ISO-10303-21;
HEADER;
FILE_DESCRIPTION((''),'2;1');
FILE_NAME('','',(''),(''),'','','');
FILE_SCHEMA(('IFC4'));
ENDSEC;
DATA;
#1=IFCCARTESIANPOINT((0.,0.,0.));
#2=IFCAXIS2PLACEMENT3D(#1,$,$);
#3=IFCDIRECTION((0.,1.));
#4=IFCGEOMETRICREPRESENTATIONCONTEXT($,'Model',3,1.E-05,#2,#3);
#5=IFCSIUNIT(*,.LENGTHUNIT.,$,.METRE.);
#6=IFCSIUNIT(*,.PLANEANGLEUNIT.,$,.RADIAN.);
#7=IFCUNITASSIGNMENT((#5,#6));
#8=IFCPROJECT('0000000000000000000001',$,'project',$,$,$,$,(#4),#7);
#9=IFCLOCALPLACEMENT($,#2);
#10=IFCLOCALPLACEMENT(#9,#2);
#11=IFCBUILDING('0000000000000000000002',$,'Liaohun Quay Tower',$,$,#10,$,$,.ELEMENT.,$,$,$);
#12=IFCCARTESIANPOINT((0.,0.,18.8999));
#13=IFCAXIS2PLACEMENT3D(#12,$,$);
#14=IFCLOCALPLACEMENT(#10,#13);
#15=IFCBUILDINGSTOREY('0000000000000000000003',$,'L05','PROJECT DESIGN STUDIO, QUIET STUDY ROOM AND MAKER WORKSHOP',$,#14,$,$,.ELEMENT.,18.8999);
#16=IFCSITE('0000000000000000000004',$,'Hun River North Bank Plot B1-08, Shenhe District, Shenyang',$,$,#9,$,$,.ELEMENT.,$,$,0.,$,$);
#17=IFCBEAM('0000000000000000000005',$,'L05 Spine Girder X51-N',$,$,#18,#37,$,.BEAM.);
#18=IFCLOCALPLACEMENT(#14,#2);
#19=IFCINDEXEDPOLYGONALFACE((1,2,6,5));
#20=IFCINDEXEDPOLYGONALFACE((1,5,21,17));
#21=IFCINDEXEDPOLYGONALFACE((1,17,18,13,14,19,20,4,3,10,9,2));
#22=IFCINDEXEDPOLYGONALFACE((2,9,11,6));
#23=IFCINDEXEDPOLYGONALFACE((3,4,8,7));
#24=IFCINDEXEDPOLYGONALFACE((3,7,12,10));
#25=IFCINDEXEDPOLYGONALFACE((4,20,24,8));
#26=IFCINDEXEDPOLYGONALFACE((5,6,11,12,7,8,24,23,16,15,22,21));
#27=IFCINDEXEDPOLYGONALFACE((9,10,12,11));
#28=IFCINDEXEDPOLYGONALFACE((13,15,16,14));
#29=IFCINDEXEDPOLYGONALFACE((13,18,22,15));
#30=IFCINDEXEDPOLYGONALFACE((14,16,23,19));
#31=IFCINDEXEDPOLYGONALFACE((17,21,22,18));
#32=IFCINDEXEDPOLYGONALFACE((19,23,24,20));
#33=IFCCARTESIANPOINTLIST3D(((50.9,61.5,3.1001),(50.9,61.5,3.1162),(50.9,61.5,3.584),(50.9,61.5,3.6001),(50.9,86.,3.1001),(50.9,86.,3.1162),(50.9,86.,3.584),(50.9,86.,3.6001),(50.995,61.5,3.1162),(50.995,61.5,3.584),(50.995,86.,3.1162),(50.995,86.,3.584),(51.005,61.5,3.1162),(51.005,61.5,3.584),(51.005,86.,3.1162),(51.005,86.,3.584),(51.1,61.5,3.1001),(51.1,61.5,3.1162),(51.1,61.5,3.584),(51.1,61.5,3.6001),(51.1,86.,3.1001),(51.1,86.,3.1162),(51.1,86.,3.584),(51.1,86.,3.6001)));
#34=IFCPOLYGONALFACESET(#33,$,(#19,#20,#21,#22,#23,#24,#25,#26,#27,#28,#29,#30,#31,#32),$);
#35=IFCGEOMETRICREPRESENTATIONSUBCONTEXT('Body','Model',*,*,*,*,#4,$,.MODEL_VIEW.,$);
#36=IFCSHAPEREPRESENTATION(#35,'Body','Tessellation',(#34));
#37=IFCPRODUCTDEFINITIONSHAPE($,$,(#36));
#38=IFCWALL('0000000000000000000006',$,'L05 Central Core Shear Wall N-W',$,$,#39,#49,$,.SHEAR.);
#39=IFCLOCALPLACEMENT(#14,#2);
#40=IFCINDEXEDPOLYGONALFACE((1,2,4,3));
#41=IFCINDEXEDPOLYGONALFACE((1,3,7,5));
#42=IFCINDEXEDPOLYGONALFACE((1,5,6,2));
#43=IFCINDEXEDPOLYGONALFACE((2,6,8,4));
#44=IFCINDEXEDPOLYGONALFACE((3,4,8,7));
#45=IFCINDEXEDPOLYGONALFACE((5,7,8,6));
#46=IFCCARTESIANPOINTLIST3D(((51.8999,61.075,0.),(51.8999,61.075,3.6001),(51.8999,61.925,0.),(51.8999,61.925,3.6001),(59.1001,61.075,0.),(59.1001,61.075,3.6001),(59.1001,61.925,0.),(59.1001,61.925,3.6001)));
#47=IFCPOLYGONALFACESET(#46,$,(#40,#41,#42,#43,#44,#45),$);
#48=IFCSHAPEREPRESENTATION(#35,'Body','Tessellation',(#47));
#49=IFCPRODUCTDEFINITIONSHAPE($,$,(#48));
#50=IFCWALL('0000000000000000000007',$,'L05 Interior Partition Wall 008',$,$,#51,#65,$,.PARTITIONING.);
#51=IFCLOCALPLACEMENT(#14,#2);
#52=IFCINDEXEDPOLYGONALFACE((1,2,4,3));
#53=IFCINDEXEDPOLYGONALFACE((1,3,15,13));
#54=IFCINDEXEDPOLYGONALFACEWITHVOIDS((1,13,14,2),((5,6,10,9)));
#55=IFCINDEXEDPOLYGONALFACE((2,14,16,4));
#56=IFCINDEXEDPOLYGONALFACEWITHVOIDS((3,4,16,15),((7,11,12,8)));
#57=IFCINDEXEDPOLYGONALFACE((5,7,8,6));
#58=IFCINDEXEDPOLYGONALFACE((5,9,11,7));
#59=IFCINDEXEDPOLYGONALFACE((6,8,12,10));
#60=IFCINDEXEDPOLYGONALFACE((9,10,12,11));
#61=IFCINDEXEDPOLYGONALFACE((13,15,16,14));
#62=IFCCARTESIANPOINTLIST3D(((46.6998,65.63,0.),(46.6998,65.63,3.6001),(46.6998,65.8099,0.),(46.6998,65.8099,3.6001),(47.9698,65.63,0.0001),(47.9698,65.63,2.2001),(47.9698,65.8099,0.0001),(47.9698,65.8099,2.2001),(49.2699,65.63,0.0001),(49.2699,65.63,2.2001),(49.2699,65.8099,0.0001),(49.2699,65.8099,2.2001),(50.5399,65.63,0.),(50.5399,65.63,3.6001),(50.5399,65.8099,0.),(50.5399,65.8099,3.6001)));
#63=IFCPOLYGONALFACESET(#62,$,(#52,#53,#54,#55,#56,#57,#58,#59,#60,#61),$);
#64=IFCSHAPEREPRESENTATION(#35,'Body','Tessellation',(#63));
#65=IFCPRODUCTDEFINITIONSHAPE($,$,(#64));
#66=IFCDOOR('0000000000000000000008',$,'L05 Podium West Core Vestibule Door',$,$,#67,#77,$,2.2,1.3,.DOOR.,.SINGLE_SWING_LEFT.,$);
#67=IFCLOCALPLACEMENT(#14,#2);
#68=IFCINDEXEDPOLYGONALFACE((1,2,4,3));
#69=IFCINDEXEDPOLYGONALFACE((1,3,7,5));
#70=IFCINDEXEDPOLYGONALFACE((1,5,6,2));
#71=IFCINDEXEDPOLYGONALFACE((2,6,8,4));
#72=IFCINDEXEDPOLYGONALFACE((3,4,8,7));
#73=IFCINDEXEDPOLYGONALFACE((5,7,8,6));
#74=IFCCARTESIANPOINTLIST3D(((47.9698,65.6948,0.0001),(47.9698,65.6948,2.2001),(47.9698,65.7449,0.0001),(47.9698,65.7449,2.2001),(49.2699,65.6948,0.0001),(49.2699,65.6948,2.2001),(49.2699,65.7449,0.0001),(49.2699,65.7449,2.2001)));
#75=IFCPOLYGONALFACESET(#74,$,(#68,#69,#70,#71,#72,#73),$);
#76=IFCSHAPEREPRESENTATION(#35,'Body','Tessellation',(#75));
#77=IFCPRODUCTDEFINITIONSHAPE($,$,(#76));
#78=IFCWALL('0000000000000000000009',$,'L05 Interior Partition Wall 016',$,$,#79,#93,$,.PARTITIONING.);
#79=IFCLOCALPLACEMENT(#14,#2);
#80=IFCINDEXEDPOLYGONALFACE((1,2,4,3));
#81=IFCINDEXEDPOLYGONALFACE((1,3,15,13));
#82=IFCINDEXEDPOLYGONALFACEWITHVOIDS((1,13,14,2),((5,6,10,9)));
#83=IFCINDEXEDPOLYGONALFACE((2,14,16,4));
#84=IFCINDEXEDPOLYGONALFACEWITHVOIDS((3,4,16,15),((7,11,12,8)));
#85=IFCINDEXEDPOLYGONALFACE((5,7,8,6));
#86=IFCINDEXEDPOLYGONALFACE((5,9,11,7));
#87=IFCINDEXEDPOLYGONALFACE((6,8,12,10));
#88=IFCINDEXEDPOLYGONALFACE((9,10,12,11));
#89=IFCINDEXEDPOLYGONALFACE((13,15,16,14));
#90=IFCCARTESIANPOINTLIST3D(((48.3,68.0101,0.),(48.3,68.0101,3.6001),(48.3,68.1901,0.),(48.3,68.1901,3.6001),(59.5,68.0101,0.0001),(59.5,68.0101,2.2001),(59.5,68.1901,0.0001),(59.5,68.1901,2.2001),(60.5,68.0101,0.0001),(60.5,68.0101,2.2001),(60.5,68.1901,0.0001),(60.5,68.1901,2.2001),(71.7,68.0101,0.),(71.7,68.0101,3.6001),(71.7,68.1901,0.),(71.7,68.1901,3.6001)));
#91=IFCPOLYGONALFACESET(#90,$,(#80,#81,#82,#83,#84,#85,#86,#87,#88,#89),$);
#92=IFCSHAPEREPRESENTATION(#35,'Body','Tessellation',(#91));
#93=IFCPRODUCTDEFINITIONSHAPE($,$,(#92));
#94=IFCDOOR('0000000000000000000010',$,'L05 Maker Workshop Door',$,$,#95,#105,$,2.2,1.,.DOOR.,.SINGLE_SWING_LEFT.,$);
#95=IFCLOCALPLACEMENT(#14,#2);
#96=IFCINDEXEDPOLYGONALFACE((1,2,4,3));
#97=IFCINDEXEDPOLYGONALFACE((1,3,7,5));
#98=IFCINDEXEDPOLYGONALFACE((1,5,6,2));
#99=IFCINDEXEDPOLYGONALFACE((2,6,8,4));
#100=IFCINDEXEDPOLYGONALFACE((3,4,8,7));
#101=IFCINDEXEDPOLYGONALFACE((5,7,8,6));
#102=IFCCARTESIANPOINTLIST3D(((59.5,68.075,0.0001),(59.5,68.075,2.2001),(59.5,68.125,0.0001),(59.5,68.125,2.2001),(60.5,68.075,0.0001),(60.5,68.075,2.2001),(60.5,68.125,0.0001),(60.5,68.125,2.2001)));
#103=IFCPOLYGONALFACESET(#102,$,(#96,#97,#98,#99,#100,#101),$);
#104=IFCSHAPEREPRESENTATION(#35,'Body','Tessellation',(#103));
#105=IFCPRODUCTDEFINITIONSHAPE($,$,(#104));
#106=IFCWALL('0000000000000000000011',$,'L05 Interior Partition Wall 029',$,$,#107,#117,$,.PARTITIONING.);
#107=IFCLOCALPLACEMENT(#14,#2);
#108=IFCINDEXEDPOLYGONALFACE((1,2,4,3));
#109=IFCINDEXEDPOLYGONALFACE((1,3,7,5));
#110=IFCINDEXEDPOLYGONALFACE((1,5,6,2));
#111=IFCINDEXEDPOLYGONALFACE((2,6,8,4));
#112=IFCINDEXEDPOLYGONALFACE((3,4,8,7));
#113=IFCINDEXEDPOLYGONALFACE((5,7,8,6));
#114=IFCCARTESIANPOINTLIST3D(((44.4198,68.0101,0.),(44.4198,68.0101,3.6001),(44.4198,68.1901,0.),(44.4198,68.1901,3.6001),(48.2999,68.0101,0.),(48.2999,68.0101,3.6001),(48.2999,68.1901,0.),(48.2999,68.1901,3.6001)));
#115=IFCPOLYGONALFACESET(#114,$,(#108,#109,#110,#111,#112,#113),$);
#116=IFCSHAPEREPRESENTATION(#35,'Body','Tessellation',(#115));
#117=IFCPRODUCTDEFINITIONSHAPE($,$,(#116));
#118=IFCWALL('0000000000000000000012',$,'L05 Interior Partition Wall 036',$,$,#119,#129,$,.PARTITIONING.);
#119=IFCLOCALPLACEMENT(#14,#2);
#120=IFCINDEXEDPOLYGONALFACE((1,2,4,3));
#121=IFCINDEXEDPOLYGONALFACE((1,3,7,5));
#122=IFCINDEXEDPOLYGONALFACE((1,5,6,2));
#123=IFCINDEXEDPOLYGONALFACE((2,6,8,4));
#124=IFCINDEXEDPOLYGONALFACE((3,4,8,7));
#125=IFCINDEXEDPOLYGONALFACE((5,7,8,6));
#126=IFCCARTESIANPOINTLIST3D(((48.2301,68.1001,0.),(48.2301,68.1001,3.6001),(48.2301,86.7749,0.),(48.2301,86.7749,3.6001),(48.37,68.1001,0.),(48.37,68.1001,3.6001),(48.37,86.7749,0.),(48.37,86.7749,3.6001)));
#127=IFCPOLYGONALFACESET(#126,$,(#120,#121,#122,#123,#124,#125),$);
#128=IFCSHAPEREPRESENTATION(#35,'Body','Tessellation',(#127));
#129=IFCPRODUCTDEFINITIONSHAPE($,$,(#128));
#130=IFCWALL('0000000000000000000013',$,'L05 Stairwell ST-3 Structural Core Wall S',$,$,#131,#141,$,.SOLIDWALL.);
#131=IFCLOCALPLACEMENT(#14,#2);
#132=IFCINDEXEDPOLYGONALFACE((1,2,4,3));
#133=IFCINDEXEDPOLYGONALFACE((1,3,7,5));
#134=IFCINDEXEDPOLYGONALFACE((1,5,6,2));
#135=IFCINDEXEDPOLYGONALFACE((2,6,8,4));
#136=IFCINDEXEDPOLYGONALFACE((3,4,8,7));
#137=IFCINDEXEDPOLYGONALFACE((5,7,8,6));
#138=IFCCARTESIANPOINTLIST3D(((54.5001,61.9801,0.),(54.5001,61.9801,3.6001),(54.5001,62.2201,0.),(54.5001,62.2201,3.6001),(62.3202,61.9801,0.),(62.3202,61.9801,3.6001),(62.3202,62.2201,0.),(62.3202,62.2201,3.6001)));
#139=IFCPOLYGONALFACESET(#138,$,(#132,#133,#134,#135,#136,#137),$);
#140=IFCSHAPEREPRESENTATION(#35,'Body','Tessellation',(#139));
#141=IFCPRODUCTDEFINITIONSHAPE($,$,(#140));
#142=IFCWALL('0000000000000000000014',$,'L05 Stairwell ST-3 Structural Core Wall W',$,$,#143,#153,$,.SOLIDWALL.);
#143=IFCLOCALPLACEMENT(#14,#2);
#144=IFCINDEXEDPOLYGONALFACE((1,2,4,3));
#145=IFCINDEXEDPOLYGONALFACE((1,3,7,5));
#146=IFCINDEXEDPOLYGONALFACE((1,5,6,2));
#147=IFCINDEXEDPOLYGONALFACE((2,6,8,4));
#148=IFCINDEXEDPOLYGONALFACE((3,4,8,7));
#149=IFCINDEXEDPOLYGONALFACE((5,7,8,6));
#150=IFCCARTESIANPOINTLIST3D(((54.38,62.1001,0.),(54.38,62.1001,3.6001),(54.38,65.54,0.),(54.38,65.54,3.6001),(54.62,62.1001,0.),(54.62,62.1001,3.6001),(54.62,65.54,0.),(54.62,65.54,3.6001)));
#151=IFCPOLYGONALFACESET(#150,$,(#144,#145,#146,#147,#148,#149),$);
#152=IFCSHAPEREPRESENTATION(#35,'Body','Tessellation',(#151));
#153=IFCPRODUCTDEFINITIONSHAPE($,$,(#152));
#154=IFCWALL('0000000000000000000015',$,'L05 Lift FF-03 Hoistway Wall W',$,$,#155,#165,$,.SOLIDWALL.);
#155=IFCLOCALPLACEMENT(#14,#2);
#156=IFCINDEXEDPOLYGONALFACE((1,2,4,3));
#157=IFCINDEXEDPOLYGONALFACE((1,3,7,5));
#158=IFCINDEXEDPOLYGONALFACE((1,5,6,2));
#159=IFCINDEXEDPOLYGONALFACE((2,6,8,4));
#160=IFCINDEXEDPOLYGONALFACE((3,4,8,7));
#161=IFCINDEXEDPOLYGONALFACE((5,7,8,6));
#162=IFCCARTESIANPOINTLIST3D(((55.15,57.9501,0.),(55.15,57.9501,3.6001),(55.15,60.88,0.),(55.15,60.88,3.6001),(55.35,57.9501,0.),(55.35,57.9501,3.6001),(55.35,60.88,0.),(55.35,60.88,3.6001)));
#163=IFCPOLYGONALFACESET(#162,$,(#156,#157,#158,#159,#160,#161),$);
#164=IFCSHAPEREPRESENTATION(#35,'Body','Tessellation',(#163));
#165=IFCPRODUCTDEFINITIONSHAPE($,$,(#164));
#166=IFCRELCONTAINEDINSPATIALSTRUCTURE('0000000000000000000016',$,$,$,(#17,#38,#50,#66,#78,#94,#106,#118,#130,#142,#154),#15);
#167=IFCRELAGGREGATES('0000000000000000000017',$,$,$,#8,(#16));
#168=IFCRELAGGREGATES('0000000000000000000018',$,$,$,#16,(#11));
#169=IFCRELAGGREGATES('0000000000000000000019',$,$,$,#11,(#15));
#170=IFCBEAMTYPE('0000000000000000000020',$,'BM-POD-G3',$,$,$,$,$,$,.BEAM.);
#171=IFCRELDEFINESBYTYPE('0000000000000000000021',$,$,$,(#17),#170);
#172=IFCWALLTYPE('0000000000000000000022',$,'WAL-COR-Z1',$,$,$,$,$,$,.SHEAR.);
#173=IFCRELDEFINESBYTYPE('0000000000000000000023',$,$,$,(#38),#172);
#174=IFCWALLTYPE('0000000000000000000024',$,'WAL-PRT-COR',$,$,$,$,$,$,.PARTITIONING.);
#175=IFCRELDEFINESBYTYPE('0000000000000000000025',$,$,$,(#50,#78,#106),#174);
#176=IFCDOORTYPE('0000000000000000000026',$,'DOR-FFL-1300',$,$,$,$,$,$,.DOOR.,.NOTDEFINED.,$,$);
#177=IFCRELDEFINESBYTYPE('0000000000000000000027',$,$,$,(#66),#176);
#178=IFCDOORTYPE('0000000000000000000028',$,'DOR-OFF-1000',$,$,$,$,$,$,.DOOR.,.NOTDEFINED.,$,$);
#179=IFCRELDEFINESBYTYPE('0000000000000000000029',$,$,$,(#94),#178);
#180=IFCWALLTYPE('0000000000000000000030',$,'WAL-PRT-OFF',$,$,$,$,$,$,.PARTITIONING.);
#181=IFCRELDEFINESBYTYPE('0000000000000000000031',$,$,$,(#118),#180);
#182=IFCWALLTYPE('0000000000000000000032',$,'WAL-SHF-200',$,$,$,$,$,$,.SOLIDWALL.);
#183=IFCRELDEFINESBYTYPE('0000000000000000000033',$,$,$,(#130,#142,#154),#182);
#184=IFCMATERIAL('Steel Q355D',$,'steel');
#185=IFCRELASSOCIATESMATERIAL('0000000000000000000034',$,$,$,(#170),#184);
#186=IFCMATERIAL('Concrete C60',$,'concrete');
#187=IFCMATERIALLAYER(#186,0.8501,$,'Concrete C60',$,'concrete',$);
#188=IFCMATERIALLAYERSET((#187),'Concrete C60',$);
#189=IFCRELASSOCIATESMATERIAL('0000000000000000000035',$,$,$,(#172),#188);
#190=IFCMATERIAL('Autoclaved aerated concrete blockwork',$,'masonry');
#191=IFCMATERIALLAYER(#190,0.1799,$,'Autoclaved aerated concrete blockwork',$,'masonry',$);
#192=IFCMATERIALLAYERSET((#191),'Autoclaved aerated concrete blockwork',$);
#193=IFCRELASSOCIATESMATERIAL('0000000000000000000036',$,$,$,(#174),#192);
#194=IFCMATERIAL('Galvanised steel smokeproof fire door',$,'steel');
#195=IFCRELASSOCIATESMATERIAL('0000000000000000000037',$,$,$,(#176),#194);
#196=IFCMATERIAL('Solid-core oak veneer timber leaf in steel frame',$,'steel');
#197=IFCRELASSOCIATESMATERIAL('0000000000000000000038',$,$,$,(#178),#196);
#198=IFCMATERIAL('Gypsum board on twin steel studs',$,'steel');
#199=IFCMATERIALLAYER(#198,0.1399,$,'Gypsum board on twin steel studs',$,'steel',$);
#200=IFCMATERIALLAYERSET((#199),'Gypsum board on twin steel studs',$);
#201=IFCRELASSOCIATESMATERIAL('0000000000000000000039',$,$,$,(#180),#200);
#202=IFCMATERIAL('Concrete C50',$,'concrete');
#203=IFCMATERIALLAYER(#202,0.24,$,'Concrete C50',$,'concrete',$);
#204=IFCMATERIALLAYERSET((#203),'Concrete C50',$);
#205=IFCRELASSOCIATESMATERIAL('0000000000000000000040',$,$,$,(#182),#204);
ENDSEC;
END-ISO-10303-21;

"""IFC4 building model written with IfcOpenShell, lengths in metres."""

from ifc_helpers import new_model, si_unit, direction, frame, frame_2d, origin, origin_2d, place, context, subcontext, project, spatial, rectangle, i_section, extrude, source, transform, mapped, material, layer, layer_set, material_profile, profile_set, type_object, element, fill, save


model = new_model("IFC4")

# Units and contexts
model_context = context("Model", 3, precision=1e-05, world=origin(), true_north=direction((0.0, 1.0)))
body_context = subcontext(model_context, "Body", "Model", "MODEL_VIEW")
ifc_project = project(units=[si_unit("LENGTHUNIT", "METRE"), si_unit("PLANEANGLEUNIT", "RADIAN")], contexts=[model_context])

# Site, building, storey
site_placement = place(None, origin())
site = spatial("IfcSite", under=ifc_project, at=site_placement, Name="Hun River North Bank Plot B1-08, Shenhe District, Shenyang", CompositionType="ELEMENT", RefElevation=0.0)
building_placement = place(site_placement, origin())
building = spatial("IfcBuilding", under=site, at=building_placement, Name="Liaohun Quay Tower", CompositionType="ELEMENT")
storey_placement = place(building_placement, frame((0.0, 0.0, 18.8999)))
storey = spatial("IfcBuildingStorey", under=building, at=storey_placement, Name="L05", Description="PROJECT DESIGN STUDIO, QUIET STUDY ROOM AND MAKER WORKSHOP", CompositionType="ELEMENT", Elevation=18.8999)

# Shared definitions
ifc_material_1 = material(Name="Concrete C60", Category="concrete")

# Beam
ifc_material_2 = material(Name="Steel Q355D", Category="steel")
ifc_material_profile_1 = material_profile(ifc_material_2, i_section(OverallWidth=0.2, OverallDepth=0.5, WebThickness=0.01, FlangeThickness=0.0161, at=origin_2d()), Name="HN500x200x10x16")
ifc_profile_set_1 = profile_set([ifc_material_profile_1], Name="Steel Q355D")
beam_type_1 = type_object("IfcBeamType", Name="BM-POD-G3", PredefinedType="BEAM", material=ifc_profile_set_1)
shared_shape_1 = source(origin(), body_context, "Body", "SweptSolid", [
    extrude(i_section(OverallWidth=0.2, OverallDepth=0.5, WebThickness=0.01, FlangeThickness=0.0161, at=origin_2d()), origin(), (0.0, 0.0, 1.0), 24.5),
])
beam_1_placement = place(storey_placement, frame((51.0, 61.5, 3.3501), z_axis=(0.0, 1.0, 0.0), x_axis=(-1.0, 0.0, 0.0)))
element("IfcBeam", 1, at=beam_1_placement, inside=storey, type_object=beam_type_1, Name="L05 Spine Girder X51-N", PredefinedType="BEAM", context=body_context, shape_type="MappedRepresentation", body=[
    mapped(shared_shape_1, transform((0.0, 0.0, 0.0), x_axis=(1.0, 0.0, 0.0), y_axis=(0.0, 1.0, 0.0), z_axis=(0.0, 0.0, 1.0), scale=1.0)),
])

# Wall
ifc_layer_1 = layer(ifc_material_1, 0.8501, Name="Concrete C60", Category="concrete")
ifc_layer_set_1 = layer_set([ifc_layer_1], Name="Concrete C60")
wall_type_1 = type_object("IfcWallType", Name="WAL-COR-Z1", PredefinedType="SHEAR", material=ifc_layer_set_1)
wall_1_placement = place(storey_placement, frame((51.8999, 61.5, 0.0), z_axis=(0.0, 0.0, 1.0), x_axis=(1.0, 0.0, 0.0)))
element("IfcWall", 2, at=wall_1_placement, inside=storey, type_object=wall_type_1, Name="L05 Central Core Shear Wall N-W", PredefinedType="SHEAR", context=body_context, shape_type="SweptSolid", body=[
    extrude(rectangle(XDim=7.2002, YDim=0.8501, at=frame_2d((3.6001, 0.0))), origin(), (0.0, 0.0, 1.0), 3.6001),
])

# Walls, openings, doors
ifc_material_3 = material(Name="Autoclaved aerated concrete blockwork", Category="masonry")
ifc_layer_2 = layer(ifc_material_3, 0.1799, Name="Autoclaved aerated concrete blockwork", Category="masonry")
ifc_layer_set_2 = layer_set([ifc_layer_2], Name="Autoclaved aerated concrete blockwork")
wall_type_2 = type_object("IfcWallType", Name="WAL-PRT-COR", PredefinedType="PARTITIONING", material=ifc_layer_set_2)
wall_2_placement = place(storey_placement, frame((46.7, 65.72, 0.0), z_axis=(0.0, 0.0, 1.0), x_axis=(1.0, 0.0, 0.0)))
wall_2 = element("IfcWall", 3, at=wall_2_placement, inside=storey, type_object=wall_type_2, Name="L05 Interior Partition Wall 008", PredefinedType="PARTITIONING", context=body_context, shape_type="SweptSolid", body=[
    extrude(rectangle(XDim=3.8401, YDim=0.1799, at=frame_2d((1.9199, 0.0))), origin(), (0.0, 0.0, 1.0), 3.6001),
])
shared_shape_2 = source(origin(), body_context, "Body", "SweptSolid", [
    extrude(rectangle(XDim=1.3, YDim=2.2, at=frame_2d((0.6499, 1.1001))), frame((0.0, 0.0999, 0.0), z_axis=(0.0, -1.0, 0.0), x_axis=(1.0, 0.0, 0.0)), (0.0, 0.0, 1.0), 0.2),
])
opening_1_placement = place(wall_2_placement, frame((1.27, 0.0, 0.0)))
opening_1 = element("IfcOpeningElement", 4, at=opening_1_placement, cuts=wall_2, PredefinedType="OPENING", context=body_context, shape_type="MappedRepresentation", body=[
    mapped(shared_shape_2, transform((0.0, 0.0, 0.0), x_axis=(1.0, 0.0, 0.0), y_axis=(0.0, 1.0, 0.0), z_axis=(0.0, 0.0, 1.0), scale=1.0)),
])
ifc_material_4 = material(Name="Galvanised steel smokeproof fire door", Category="steel")
door_type_1 = type_object("IfcDoorType", Name="DOR-FFL-1300", OperationType="NOTDEFINED", PredefinedType="DOOR", material=ifc_material_4)
shared_shape_3 = source(origin(), body_context, "Body", "SweptSolid", [
    extrude(rectangle(XDim=1.3, YDim=2.2, at=frame_2d((0.6499, 1.1001))), frame((0.0, 0.0249, 0.0), z_axis=(0.0, -1.0, 0.0), x_axis=(1.0, 0.0, 0.0)), (0.0, 0.0, 1.0), 0.05),
])
door_1_placement = place(opening_1_placement, origin())
door_1 = element("IfcDoor", 5, at=door_1_placement, inside=storey, type_object=door_type_1, Name="L05 Podium West Core Vestibule Door", OperationType="SINGLE_SWING_LEFT", OverallHeight=2.2, OverallWidth=1.3, PredefinedType="DOOR", context=body_context, shape_type="MappedRepresentation", body=[
    mapped(shared_shape_3, transform((0.0, 0.0, 0.0), x_axis=(1.0, 0.0, 0.0), y_axis=(0.0, 1.0, 0.0), z_axis=(0.0, 0.0, 1.0), scale=1.0)),
])
fill(opening_1, door_1)
wall_3_placement = place(storey_placement, frame((48.3, 68.1001, 0.0), z_axis=(0.0, 0.0, 1.0), x_axis=(1.0, 0.0, 0.0)))
wall_3 = element("IfcWall", 6, at=wall_3_placement, inside=storey, type_object=wall_type_2, Name="L05 Interior Partition Wall 016", PredefinedType="PARTITIONING", context=body_context, shape_type="SweptSolid", body=[
    extrude(rectangle(XDim=23.3999, YDim=0.1799, at=frame_2d((11.7, 0.0))), origin(), (0.0, 0.0, 1.0), 3.6001),
])
shared_shape_4 = source(origin(), body_context, "Body", "SweptSolid", [
    extrude(rectangle(XDim=1.0, YDim=2.2, at=frame_2d((0.5, 1.1001))), frame((0.0, 0.0999, 0.0), z_axis=(0.0, -1.0, 0.0), x_axis=(1.0, 0.0, 0.0)), (0.0, 0.0, 1.0), 0.2),
])
opening_2_placement = place(wall_3_placement, frame((11.2, 0.0, 0.0)))
opening_2 = element("IfcOpeningElement", 7, at=opening_2_placement, cuts=wall_3, PredefinedType="OPENING", context=body_context, shape_type="MappedRepresentation", body=[
    mapped(shared_shape_4, transform((0.0, 0.0, 0.0), x_axis=(1.0, 0.0, 0.0), y_axis=(0.0, 1.0, 0.0), z_axis=(0.0, 0.0, 1.0), scale=1.0)),
])
ifc_material_5 = material(Name="Solid-core oak veneer timber leaf in steel frame", Category="steel")
door_type_2 = type_object("IfcDoorType", Name="DOR-OFF-1000", OperationType="NOTDEFINED", PredefinedType="DOOR", material=ifc_material_5)
shared_shape_5 = source(origin(), body_context, "Body", "SweptSolid", [
    extrude(rectangle(XDim=1.0, YDim=2.2, at=frame_2d((0.5, 1.1001))), frame((0.0, 0.0249, 0.0), z_axis=(0.0, -1.0, 0.0), x_axis=(1.0, 0.0, 0.0)), (0.0, 0.0, 1.0), 0.05),
])
door_2_placement = place(opening_2_placement, origin())
door_2 = element("IfcDoor", 8, at=door_2_placement, inside=storey, type_object=door_type_2, Name="L05 Maker Workshop Door", OperationType="SINGLE_SWING_LEFT", OverallHeight=2.2, OverallWidth=1.0, PredefinedType="DOOR", context=body_context, shape_type="MappedRepresentation", body=[
    mapped(shared_shape_5, transform((0.0, 0.0, 0.0), x_axis=(1.0, 0.0, 0.0), y_axis=(0.0, 1.0, 0.0), z_axis=(0.0, 0.0, 1.0), scale=1.0)),
])
fill(opening_2, door_2)

# Walls
wall_4_placement = place(storey_placement, frame((44.4199, 68.1001, 0.0), z_axis=(0.0, 0.0, 1.0), x_axis=(1.0, 0.0, 0.0)))
element("IfcWall", 9, at=wall_4_placement, inside=storey, type_object=wall_type_2, Name="L05 Interior Partition Wall 029", PredefinedType="PARTITIONING", context=body_context, shape_type="SweptSolid", body=[
    extrude(rectangle(XDim=3.8801, YDim=0.1799, at=frame_2d((1.9399, 0.0))), origin(), (0.0, 0.0, 1.0), 3.6001),
])
ifc_material_6 = material(Name="Gypsum board on twin steel studs", Category="steel")
ifc_layer_3 = layer(ifc_material_6, 0.1399, Name="Gypsum board on twin steel studs", Category="steel")
ifc_layer_set_3 = layer_set([ifc_layer_3], Name="Gypsum board on twin steel studs")
wall_type_3 = type_object("IfcWallType", Name="WAL-PRT-OFF", PredefinedType="PARTITIONING", material=ifc_layer_set_3)
wall_5_placement = place(storey_placement, frame((48.3, 68.1001, 0.0), z_axis=(0.0, 0.0, 1.0), x_axis=(0.0, 1.0, 0.0)))
element("IfcWall", 10, at=wall_5_placement, inside=storey, type_object=wall_type_3, Name="L05 Interior Partition Wall 036", PredefinedType="PARTITIONING", context=body_context, shape_type="SweptSolid", body=[
    extrude(rectangle(XDim=18.6748, YDim=0.1399, at=frame_2d((9.3374, 0.0))), origin(), (0.0, 0.0, 1.0), 3.6001),
])
ifc_material_7 = material(Name="Concrete C50", Category="concrete")
ifc_layer_4 = layer(ifc_material_7, 0.24, Name="Concrete C50", Category="concrete")
ifc_layer_set_4 = layer_set([ifc_layer_4], Name="Concrete C50")
wall_type_4 = type_object("IfcWallType", Name="WAL-SHF-200", PredefinedType="SOLIDWALL", material=ifc_layer_set_4)
wall_6_placement = place(storey_placement, frame((54.5, 62.1001, 0.0), z_axis=(0.0, 0.0, 1.0), x_axis=(1.0, 0.0, 0.0)))
element("IfcWall", 11, at=wall_6_placement, inside=storey, type_object=wall_type_4, Name="L05 Stairwell ST-3 Structural Core Wall S", PredefinedType="SOLIDWALL", context=body_context, shape_type="SweptSolid", body=[
    extrude(rectangle(XDim=7.8201, YDim=0.24, at=frame_2d((3.9102, 0.0))), origin(), (0.0, 0.0, 1.0), 3.6001),
])
wall_7_placement = place(storey_placement, frame((54.5, 65.54, 0.0), z_axis=(0.0, 0.0, 1.0), x_axis=(0.0, -1.0, 0.0)))
element("IfcWall", 12, at=wall_7_placement, inside=storey, type_object=wall_type_4, Name="L05 Stairwell ST-3 Structural Core Wall W", PredefinedType="SOLIDWALL", context=body_context, shape_type="SweptSolid", body=[
    extrude(rectangle(XDim=3.4399, YDim=0.24, at=frame_2d((1.72, 0.0))), origin(), (0.0, 0.0, 1.0), 3.6001),
])
wall_8_placement = place(storey_placement, frame((55.25, 60.8799, 0.0), z_axis=(0.0, 0.0, 1.0), x_axis=(0.0, -1.0, 0.0)))
element("IfcWall", 13, at=wall_8_placement, inside=storey, type_object=wall_type_4, Name="L05 Lift FF-03 Hoistway Wall W", PredefinedType="SOLIDWALL", context=body_context, shape_type="SweptSolid", body=[
    extrude(rectangle(XDim=2.9299, YDim=0.2, at=frame_2d((1.4648, 0.0))), origin(), (0.0, 0.0, 1.0), 3.6001),
])

save(model, "model.ifc")
